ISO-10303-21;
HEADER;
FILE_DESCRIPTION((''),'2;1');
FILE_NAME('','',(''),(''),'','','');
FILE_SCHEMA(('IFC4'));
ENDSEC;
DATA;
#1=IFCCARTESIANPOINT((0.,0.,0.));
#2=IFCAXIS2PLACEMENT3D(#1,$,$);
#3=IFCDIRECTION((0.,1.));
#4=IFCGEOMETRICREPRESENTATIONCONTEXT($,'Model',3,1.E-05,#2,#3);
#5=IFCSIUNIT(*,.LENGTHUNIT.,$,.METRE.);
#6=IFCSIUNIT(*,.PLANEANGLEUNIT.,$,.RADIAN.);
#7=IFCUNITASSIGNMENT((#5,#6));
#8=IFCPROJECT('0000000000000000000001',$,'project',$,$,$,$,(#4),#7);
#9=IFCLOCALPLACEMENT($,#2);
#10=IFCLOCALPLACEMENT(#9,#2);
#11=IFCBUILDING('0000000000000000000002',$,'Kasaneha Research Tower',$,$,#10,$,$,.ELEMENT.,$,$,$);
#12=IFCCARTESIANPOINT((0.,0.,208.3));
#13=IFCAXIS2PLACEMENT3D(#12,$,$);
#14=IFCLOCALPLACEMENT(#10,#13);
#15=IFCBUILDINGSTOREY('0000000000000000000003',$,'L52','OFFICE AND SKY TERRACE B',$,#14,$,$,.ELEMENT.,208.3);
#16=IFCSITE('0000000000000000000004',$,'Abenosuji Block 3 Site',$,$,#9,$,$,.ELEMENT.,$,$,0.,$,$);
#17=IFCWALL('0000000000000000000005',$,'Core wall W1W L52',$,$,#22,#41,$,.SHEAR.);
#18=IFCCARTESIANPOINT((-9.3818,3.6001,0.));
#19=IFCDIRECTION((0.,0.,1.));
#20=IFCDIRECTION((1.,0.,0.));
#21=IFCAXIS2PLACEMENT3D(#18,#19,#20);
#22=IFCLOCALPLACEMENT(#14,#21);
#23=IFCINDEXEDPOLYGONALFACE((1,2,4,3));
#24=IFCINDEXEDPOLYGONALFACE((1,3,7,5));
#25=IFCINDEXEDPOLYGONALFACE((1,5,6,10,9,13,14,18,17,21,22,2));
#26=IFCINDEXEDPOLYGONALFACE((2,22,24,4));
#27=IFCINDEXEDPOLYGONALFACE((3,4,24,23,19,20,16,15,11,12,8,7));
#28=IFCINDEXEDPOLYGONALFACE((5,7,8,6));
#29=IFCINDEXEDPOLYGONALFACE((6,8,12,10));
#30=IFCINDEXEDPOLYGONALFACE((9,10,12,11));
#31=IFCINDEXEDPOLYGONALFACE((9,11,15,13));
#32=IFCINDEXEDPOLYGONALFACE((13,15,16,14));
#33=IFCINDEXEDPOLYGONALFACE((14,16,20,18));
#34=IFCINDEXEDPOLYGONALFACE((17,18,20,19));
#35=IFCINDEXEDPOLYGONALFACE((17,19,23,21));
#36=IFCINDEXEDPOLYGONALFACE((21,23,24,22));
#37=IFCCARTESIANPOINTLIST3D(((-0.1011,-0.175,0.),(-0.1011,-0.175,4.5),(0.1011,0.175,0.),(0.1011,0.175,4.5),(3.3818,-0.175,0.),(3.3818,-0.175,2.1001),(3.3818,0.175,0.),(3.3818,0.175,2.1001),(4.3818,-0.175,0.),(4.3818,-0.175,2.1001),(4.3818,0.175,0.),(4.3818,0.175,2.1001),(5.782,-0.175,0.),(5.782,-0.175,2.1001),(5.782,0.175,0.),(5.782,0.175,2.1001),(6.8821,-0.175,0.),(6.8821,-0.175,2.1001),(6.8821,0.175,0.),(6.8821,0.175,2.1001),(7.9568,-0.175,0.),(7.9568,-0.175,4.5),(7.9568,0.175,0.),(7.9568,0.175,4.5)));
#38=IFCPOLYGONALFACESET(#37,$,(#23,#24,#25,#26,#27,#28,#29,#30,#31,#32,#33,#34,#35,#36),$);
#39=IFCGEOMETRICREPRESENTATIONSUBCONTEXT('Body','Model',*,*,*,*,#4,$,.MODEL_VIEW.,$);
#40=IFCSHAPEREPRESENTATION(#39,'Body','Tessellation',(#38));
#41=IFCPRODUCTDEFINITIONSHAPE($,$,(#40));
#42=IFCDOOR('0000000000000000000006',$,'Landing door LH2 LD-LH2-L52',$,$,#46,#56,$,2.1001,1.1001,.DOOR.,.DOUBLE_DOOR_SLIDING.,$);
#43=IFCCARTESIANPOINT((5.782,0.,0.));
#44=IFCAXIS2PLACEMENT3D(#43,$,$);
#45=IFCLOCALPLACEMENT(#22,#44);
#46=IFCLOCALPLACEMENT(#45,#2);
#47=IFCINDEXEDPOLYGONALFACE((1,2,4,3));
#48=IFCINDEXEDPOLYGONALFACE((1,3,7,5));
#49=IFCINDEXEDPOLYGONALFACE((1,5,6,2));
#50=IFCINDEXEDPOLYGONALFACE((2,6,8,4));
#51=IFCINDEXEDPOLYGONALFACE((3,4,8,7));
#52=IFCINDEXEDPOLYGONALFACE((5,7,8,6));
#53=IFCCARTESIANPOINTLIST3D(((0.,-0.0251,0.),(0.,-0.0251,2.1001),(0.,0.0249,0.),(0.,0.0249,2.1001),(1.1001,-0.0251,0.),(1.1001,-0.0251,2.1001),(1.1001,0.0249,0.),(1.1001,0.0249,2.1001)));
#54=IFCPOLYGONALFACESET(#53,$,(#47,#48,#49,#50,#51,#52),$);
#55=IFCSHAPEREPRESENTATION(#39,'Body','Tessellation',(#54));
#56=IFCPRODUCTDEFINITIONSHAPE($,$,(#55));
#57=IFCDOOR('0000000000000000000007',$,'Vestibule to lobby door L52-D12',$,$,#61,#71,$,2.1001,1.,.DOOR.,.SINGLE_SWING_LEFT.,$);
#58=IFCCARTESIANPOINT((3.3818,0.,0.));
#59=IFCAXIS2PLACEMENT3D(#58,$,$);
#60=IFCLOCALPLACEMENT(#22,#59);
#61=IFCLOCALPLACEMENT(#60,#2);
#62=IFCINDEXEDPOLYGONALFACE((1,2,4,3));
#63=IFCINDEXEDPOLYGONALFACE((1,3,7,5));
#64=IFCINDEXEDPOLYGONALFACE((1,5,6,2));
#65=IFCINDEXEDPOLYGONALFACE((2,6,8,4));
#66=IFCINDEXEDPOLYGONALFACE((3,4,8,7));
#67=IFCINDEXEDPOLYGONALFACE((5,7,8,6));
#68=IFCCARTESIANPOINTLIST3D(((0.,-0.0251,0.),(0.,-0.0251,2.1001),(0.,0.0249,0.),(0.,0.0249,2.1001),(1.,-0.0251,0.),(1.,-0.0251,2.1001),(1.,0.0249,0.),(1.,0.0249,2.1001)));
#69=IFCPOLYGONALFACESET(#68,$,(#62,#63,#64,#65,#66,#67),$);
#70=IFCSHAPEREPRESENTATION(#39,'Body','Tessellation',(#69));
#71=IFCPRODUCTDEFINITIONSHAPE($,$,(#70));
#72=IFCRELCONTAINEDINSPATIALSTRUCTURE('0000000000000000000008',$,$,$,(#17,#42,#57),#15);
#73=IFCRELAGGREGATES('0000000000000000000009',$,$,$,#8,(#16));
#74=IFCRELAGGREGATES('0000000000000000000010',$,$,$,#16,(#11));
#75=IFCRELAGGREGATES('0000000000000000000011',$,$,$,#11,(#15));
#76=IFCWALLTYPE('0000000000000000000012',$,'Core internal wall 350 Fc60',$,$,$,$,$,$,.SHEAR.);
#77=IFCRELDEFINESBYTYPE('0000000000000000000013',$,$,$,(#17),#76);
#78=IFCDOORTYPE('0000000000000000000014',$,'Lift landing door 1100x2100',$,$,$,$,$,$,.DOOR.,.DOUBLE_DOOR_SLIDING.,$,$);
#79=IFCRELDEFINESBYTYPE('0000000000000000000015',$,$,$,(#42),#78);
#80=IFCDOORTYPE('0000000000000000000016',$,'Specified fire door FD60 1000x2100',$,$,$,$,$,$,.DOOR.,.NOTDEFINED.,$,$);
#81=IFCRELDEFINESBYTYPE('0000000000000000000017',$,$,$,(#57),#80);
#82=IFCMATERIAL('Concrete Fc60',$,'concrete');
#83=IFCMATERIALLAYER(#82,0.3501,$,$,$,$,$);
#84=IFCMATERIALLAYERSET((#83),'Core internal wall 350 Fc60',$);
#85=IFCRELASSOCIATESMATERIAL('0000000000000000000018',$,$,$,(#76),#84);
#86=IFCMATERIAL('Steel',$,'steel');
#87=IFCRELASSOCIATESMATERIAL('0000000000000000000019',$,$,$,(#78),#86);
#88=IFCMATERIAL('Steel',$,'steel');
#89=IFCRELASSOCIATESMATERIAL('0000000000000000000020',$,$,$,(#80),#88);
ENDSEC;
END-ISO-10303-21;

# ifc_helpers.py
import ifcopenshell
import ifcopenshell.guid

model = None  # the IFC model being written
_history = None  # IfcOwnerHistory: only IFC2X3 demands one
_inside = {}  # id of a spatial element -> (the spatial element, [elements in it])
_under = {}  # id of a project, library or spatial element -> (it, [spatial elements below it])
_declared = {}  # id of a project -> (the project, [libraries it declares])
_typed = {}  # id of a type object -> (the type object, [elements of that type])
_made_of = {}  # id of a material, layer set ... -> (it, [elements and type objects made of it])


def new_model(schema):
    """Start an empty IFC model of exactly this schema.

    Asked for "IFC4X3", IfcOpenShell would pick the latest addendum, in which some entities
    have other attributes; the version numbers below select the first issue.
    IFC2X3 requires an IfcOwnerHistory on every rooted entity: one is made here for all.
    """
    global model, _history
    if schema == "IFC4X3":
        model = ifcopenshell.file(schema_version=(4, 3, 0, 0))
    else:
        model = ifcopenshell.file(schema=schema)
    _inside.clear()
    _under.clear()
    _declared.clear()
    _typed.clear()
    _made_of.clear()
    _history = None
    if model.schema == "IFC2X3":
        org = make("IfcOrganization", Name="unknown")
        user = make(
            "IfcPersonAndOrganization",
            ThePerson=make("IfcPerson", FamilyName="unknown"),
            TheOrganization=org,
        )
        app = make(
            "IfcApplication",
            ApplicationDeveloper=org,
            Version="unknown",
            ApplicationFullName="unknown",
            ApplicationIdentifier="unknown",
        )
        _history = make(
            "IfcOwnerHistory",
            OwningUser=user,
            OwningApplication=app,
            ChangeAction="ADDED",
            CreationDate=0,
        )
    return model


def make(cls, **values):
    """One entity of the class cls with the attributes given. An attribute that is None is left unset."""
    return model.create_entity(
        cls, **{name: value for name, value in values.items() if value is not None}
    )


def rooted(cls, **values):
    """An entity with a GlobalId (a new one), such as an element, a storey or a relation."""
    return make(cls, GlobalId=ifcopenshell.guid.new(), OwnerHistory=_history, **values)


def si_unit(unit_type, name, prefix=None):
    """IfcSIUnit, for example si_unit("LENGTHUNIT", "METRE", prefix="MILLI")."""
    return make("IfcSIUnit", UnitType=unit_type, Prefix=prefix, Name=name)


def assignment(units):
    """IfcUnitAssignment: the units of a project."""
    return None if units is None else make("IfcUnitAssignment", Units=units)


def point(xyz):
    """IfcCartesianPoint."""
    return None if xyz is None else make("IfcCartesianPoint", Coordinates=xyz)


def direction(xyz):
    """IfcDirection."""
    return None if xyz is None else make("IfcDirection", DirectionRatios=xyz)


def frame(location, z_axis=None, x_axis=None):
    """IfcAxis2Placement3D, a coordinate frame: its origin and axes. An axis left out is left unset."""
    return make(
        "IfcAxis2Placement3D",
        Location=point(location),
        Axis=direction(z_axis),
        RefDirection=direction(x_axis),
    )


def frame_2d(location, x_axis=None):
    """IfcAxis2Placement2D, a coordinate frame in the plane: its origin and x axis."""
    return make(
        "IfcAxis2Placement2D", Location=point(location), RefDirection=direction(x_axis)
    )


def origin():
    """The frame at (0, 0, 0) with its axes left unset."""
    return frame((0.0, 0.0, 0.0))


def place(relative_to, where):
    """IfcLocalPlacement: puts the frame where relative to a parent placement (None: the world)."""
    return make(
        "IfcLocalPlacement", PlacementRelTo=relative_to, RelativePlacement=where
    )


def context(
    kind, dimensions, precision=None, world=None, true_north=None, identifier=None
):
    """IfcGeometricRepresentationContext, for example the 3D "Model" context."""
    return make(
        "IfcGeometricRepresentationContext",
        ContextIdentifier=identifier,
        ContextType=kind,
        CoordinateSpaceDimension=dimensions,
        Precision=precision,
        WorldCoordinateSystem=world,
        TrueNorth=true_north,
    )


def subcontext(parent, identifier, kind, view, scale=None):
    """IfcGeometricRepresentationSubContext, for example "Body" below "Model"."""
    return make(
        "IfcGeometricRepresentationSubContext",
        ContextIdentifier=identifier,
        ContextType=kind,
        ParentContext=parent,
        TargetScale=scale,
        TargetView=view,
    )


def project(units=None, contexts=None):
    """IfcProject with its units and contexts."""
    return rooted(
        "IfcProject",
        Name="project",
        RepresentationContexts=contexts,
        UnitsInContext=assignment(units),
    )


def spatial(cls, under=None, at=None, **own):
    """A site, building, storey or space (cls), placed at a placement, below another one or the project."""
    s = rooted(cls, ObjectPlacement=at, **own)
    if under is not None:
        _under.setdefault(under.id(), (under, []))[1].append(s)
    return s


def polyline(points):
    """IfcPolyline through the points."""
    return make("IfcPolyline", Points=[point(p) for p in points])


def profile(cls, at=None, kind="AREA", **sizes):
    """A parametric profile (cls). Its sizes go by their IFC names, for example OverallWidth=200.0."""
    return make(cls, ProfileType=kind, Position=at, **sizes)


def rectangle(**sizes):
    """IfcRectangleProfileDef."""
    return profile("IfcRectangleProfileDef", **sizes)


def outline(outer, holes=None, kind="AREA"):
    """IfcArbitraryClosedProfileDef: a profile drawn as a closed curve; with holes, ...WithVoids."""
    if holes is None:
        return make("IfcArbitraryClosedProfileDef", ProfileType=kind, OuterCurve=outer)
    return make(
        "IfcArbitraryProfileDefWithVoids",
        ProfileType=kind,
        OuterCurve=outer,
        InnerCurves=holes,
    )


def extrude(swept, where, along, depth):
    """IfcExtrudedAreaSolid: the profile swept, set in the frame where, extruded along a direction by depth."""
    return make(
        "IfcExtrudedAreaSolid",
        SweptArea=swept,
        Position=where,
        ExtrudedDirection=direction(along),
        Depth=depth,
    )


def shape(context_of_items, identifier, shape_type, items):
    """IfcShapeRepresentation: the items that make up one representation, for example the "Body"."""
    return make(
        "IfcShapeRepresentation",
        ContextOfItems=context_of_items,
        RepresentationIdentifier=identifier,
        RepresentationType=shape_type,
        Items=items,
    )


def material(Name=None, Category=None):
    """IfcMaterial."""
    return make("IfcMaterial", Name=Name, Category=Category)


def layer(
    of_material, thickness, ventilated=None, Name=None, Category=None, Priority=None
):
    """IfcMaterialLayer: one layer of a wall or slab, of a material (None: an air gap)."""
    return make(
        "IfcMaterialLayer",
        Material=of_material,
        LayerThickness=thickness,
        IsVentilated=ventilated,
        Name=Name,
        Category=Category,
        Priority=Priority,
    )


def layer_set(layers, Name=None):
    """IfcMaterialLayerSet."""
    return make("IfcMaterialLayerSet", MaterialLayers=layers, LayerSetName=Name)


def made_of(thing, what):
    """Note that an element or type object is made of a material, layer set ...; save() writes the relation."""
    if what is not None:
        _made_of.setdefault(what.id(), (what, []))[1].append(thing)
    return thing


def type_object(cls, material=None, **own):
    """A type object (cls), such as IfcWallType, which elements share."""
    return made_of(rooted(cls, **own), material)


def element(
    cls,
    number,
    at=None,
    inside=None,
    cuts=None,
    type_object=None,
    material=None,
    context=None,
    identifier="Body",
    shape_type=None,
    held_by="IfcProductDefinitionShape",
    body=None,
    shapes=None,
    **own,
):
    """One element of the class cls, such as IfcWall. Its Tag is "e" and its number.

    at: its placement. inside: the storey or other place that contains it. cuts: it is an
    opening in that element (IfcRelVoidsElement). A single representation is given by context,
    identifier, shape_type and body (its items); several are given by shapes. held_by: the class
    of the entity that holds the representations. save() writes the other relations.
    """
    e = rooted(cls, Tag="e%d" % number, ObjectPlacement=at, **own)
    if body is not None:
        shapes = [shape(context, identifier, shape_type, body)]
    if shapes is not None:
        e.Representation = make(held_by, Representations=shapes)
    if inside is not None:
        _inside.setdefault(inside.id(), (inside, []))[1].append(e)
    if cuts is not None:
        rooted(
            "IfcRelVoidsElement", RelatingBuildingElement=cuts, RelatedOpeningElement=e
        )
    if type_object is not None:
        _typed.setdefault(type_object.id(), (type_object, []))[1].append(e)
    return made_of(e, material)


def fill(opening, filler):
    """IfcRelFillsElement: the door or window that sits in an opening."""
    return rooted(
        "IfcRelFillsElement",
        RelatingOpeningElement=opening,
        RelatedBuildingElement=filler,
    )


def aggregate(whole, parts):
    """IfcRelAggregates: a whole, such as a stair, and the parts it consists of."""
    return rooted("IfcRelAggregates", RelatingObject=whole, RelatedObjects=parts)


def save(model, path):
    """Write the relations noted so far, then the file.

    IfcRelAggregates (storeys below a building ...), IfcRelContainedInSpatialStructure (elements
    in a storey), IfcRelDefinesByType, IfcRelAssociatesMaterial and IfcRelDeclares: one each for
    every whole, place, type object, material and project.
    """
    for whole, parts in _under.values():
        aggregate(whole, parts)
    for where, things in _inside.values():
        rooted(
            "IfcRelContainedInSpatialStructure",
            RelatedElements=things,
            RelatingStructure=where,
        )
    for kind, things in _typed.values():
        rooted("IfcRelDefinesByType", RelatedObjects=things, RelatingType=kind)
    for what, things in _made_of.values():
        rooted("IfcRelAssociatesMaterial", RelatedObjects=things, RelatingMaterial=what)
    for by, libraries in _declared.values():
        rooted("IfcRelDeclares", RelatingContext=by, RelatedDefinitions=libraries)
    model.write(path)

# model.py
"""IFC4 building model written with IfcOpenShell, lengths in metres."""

from ifc_helpers import new_model, si_unit, direction, frame, frame_2d, origin, place, context, subcontext, project, spatial, polyline, rectangle, outline, extrude, material, layer, layer_set, type_object, element, fill, save


model = new_model("IFC4")

# Units and contexts
model_context = context("Model", 3, precision=1e-05, world=origin(), true_north=direction((0.0, 1.0)))
body_context = subcontext(model_context, "Body", "Model", "MODEL_VIEW")
ifc_project = project(units=[si_unit("LENGTHUNIT", "METRE"), si_unit("PLANEANGLEUNIT", "RADIAN")], contexts=[model_context])

# Site, building, storey
site_placement = place(None, origin())
site = spatial("IfcSite", under=ifc_project, at=site_placement, Name="Abenosuji Block 3 Site", CompositionType="ELEMENT", RefElevation=0.0)
building_placement = place(site_placement, origin())
building = spatial("IfcBuilding", under=site, at=building_placement, Name="Kasaneha Research Tower", CompositionType="ELEMENT")
storey_placement = place(building_placement, frame((0.0, 0.0, 208.3)))
storey = spatial("IfcBuildingStorey", under=building, at=storey_placement, Name="L52", Description="OFFICE AND SKY TERRACE B", CompositionType="ELEMENT", Elevation=208.3)

# Wall, openings, doors
ifc_material_1 = material(Name="Concrete Fc60", Category="concrete")
ifc_layer_1 = layer(ifc_material_1, 0.3501)
ifc_layer_set_1 = layer_set([ifc_layer_1], Name="Core internal wall 350 Fc60")
wall_type_1 = type_object("IfcWallType", Name="Core internal wall 350 Fc60", PredefinedType="SHEAR", material=ifc_layer_set_1)
wall_1_placement = place(storey_placement, frame((-9.3818, 3.6001, 0.0), z_axis=(0.0, 0.0, 1.0), x_axis=(1.0, 0.0, 0.0)))
wall_1 = element("IfcWall", 1, at=wall_1_placement, inside=storey, type_object=wall_type_1, Name="Core wall W1W L52", PredefinedType="SHEAR", context=body_context, shape_type="SweptSolid", body=[
    extrude(outline(polyline([(-0.1011, -0.175), (3.3818, -0.175), (4.3818, -0.175), (5.782, -0.175), (6.8821, -0.175), (7.9568, -0.175), (7.9568, 0.175), (6.8821, 0.175), (5.782, 0.175), (4.3818, 0.175), (3.3818, 0.175), (0.1011, 0.175), (-0.1011, -0.175)])), origin(), (0.0, 0.0, 1.0), 4.5),
])
opening_1_placement = place(wall_1_placement, frame((3.3818, 0.0, 0.0)))
opening_1 = element("IfcOpeningElement", 2, at=opening_1_placement, cuts=wall_1, PredefinedType="OPENING", context=body_context, shape_type="SweptSolid", body=[
    extrude(rectangle(XDim=1.0, YDim=2.1001, at=frame_2d((0.5, 1.05))), frame((0.0, 0.1851, 0.0), z_axis=(0.0, -1.0, 0.0), x_axis=(1.0, 0.0, 0.0)), (0.0, 0.0, 1.0), 0.3701),
])
opening_2_placement = place(wall_1_placement, frame((5.782, 0.0, 0.0)))
opening_2 = element("IfcOpeningElement", 3, at=opening_2_placement, cuts=wall_1, PredefinedType="OPENING", context=body_context, shape_type="SweptSolid", body=[
    extrude(rectangle(XDim=1.1001, YDim=2.1001, at=frame_2d((0.55, 1.05))), frame((0.0, 0.1851, 0.0), z_axis=(0.0, -1.0, 0.0), x_axis=(1.0, 0.0, 0.0)), (0.0, 0.0, 1.0), 0.3701),
])
ifc_material_2 = material(Name="Steel", Category="steel")
door_type_1 = type_object("IfcDoorType", Name="Lift landing door 1100x2100", OperationType="DOUBLE_DOOR_SLIDING", PredefinedType="DOOR", material=ifc_material_2)
door_1_placement = place(opening_2_placement, origin())
door_1 = element("IfcDoor", 4, at=door_1_placement, inside=storey, type_object=door_type_1, Name="Landing door LH2 LD-LH2-L52", OperationType="DOUBLE_DOOR_SLIDING", OverallHeight=2.1001, OverallWidth=1.1001, PredefinedType="DOOR", context=body_context, shape_type="SweptSolid", body=[
    extrude(rectangle(XDim=1.1001, YDim=2.1001, at=frame_2d((0.55, 1.05))), frame((0.0, 0.0249, 0.0), z_axis=(0.0, -1.0, 0.0), x_axis=(1.0, 0.0, 0.0)), (0.0, 0.0, 1.0), 0.05),
])
fill(opening_2, door_1)
ifc_material_3 = material(Name="Steel", Category="steel")
door_type_2 = type_object("IfcDoorType", Name="Specified fire door FD60 1000x2100", OperationType="NOTDEFINED", PredefinedType="DOOR", material=ifc_material_3)
door_2_placement = place(opening_1_placement, origin())
door_2 = element("IfcDoor", 5, at=door_2_placement, inside=storey, type_object=door_type_2, Name="Vestibule to lobby door L52-D12", OperationType="SINGLE_SWING_LEFT", OverallHeight=2.1001, OverallWidth=1.0, PredefinedType="DOOR", context=body_context, shape_type="SweptSolid", body=[
    extrude(rectangle(XDim=1.0, YDim=2.1001, at=frame_2d((0.5, 1.05))), frame((0.0, 0.0249, 0.0), z_axis=(0.0, -1.0, 0.0), x_axis=(1.0, 0.0, 0.0)), (0.0, 0.0, 1.0), 0.05),
])
fill(opening_1, door_2)

save(model, "model.ifc")
